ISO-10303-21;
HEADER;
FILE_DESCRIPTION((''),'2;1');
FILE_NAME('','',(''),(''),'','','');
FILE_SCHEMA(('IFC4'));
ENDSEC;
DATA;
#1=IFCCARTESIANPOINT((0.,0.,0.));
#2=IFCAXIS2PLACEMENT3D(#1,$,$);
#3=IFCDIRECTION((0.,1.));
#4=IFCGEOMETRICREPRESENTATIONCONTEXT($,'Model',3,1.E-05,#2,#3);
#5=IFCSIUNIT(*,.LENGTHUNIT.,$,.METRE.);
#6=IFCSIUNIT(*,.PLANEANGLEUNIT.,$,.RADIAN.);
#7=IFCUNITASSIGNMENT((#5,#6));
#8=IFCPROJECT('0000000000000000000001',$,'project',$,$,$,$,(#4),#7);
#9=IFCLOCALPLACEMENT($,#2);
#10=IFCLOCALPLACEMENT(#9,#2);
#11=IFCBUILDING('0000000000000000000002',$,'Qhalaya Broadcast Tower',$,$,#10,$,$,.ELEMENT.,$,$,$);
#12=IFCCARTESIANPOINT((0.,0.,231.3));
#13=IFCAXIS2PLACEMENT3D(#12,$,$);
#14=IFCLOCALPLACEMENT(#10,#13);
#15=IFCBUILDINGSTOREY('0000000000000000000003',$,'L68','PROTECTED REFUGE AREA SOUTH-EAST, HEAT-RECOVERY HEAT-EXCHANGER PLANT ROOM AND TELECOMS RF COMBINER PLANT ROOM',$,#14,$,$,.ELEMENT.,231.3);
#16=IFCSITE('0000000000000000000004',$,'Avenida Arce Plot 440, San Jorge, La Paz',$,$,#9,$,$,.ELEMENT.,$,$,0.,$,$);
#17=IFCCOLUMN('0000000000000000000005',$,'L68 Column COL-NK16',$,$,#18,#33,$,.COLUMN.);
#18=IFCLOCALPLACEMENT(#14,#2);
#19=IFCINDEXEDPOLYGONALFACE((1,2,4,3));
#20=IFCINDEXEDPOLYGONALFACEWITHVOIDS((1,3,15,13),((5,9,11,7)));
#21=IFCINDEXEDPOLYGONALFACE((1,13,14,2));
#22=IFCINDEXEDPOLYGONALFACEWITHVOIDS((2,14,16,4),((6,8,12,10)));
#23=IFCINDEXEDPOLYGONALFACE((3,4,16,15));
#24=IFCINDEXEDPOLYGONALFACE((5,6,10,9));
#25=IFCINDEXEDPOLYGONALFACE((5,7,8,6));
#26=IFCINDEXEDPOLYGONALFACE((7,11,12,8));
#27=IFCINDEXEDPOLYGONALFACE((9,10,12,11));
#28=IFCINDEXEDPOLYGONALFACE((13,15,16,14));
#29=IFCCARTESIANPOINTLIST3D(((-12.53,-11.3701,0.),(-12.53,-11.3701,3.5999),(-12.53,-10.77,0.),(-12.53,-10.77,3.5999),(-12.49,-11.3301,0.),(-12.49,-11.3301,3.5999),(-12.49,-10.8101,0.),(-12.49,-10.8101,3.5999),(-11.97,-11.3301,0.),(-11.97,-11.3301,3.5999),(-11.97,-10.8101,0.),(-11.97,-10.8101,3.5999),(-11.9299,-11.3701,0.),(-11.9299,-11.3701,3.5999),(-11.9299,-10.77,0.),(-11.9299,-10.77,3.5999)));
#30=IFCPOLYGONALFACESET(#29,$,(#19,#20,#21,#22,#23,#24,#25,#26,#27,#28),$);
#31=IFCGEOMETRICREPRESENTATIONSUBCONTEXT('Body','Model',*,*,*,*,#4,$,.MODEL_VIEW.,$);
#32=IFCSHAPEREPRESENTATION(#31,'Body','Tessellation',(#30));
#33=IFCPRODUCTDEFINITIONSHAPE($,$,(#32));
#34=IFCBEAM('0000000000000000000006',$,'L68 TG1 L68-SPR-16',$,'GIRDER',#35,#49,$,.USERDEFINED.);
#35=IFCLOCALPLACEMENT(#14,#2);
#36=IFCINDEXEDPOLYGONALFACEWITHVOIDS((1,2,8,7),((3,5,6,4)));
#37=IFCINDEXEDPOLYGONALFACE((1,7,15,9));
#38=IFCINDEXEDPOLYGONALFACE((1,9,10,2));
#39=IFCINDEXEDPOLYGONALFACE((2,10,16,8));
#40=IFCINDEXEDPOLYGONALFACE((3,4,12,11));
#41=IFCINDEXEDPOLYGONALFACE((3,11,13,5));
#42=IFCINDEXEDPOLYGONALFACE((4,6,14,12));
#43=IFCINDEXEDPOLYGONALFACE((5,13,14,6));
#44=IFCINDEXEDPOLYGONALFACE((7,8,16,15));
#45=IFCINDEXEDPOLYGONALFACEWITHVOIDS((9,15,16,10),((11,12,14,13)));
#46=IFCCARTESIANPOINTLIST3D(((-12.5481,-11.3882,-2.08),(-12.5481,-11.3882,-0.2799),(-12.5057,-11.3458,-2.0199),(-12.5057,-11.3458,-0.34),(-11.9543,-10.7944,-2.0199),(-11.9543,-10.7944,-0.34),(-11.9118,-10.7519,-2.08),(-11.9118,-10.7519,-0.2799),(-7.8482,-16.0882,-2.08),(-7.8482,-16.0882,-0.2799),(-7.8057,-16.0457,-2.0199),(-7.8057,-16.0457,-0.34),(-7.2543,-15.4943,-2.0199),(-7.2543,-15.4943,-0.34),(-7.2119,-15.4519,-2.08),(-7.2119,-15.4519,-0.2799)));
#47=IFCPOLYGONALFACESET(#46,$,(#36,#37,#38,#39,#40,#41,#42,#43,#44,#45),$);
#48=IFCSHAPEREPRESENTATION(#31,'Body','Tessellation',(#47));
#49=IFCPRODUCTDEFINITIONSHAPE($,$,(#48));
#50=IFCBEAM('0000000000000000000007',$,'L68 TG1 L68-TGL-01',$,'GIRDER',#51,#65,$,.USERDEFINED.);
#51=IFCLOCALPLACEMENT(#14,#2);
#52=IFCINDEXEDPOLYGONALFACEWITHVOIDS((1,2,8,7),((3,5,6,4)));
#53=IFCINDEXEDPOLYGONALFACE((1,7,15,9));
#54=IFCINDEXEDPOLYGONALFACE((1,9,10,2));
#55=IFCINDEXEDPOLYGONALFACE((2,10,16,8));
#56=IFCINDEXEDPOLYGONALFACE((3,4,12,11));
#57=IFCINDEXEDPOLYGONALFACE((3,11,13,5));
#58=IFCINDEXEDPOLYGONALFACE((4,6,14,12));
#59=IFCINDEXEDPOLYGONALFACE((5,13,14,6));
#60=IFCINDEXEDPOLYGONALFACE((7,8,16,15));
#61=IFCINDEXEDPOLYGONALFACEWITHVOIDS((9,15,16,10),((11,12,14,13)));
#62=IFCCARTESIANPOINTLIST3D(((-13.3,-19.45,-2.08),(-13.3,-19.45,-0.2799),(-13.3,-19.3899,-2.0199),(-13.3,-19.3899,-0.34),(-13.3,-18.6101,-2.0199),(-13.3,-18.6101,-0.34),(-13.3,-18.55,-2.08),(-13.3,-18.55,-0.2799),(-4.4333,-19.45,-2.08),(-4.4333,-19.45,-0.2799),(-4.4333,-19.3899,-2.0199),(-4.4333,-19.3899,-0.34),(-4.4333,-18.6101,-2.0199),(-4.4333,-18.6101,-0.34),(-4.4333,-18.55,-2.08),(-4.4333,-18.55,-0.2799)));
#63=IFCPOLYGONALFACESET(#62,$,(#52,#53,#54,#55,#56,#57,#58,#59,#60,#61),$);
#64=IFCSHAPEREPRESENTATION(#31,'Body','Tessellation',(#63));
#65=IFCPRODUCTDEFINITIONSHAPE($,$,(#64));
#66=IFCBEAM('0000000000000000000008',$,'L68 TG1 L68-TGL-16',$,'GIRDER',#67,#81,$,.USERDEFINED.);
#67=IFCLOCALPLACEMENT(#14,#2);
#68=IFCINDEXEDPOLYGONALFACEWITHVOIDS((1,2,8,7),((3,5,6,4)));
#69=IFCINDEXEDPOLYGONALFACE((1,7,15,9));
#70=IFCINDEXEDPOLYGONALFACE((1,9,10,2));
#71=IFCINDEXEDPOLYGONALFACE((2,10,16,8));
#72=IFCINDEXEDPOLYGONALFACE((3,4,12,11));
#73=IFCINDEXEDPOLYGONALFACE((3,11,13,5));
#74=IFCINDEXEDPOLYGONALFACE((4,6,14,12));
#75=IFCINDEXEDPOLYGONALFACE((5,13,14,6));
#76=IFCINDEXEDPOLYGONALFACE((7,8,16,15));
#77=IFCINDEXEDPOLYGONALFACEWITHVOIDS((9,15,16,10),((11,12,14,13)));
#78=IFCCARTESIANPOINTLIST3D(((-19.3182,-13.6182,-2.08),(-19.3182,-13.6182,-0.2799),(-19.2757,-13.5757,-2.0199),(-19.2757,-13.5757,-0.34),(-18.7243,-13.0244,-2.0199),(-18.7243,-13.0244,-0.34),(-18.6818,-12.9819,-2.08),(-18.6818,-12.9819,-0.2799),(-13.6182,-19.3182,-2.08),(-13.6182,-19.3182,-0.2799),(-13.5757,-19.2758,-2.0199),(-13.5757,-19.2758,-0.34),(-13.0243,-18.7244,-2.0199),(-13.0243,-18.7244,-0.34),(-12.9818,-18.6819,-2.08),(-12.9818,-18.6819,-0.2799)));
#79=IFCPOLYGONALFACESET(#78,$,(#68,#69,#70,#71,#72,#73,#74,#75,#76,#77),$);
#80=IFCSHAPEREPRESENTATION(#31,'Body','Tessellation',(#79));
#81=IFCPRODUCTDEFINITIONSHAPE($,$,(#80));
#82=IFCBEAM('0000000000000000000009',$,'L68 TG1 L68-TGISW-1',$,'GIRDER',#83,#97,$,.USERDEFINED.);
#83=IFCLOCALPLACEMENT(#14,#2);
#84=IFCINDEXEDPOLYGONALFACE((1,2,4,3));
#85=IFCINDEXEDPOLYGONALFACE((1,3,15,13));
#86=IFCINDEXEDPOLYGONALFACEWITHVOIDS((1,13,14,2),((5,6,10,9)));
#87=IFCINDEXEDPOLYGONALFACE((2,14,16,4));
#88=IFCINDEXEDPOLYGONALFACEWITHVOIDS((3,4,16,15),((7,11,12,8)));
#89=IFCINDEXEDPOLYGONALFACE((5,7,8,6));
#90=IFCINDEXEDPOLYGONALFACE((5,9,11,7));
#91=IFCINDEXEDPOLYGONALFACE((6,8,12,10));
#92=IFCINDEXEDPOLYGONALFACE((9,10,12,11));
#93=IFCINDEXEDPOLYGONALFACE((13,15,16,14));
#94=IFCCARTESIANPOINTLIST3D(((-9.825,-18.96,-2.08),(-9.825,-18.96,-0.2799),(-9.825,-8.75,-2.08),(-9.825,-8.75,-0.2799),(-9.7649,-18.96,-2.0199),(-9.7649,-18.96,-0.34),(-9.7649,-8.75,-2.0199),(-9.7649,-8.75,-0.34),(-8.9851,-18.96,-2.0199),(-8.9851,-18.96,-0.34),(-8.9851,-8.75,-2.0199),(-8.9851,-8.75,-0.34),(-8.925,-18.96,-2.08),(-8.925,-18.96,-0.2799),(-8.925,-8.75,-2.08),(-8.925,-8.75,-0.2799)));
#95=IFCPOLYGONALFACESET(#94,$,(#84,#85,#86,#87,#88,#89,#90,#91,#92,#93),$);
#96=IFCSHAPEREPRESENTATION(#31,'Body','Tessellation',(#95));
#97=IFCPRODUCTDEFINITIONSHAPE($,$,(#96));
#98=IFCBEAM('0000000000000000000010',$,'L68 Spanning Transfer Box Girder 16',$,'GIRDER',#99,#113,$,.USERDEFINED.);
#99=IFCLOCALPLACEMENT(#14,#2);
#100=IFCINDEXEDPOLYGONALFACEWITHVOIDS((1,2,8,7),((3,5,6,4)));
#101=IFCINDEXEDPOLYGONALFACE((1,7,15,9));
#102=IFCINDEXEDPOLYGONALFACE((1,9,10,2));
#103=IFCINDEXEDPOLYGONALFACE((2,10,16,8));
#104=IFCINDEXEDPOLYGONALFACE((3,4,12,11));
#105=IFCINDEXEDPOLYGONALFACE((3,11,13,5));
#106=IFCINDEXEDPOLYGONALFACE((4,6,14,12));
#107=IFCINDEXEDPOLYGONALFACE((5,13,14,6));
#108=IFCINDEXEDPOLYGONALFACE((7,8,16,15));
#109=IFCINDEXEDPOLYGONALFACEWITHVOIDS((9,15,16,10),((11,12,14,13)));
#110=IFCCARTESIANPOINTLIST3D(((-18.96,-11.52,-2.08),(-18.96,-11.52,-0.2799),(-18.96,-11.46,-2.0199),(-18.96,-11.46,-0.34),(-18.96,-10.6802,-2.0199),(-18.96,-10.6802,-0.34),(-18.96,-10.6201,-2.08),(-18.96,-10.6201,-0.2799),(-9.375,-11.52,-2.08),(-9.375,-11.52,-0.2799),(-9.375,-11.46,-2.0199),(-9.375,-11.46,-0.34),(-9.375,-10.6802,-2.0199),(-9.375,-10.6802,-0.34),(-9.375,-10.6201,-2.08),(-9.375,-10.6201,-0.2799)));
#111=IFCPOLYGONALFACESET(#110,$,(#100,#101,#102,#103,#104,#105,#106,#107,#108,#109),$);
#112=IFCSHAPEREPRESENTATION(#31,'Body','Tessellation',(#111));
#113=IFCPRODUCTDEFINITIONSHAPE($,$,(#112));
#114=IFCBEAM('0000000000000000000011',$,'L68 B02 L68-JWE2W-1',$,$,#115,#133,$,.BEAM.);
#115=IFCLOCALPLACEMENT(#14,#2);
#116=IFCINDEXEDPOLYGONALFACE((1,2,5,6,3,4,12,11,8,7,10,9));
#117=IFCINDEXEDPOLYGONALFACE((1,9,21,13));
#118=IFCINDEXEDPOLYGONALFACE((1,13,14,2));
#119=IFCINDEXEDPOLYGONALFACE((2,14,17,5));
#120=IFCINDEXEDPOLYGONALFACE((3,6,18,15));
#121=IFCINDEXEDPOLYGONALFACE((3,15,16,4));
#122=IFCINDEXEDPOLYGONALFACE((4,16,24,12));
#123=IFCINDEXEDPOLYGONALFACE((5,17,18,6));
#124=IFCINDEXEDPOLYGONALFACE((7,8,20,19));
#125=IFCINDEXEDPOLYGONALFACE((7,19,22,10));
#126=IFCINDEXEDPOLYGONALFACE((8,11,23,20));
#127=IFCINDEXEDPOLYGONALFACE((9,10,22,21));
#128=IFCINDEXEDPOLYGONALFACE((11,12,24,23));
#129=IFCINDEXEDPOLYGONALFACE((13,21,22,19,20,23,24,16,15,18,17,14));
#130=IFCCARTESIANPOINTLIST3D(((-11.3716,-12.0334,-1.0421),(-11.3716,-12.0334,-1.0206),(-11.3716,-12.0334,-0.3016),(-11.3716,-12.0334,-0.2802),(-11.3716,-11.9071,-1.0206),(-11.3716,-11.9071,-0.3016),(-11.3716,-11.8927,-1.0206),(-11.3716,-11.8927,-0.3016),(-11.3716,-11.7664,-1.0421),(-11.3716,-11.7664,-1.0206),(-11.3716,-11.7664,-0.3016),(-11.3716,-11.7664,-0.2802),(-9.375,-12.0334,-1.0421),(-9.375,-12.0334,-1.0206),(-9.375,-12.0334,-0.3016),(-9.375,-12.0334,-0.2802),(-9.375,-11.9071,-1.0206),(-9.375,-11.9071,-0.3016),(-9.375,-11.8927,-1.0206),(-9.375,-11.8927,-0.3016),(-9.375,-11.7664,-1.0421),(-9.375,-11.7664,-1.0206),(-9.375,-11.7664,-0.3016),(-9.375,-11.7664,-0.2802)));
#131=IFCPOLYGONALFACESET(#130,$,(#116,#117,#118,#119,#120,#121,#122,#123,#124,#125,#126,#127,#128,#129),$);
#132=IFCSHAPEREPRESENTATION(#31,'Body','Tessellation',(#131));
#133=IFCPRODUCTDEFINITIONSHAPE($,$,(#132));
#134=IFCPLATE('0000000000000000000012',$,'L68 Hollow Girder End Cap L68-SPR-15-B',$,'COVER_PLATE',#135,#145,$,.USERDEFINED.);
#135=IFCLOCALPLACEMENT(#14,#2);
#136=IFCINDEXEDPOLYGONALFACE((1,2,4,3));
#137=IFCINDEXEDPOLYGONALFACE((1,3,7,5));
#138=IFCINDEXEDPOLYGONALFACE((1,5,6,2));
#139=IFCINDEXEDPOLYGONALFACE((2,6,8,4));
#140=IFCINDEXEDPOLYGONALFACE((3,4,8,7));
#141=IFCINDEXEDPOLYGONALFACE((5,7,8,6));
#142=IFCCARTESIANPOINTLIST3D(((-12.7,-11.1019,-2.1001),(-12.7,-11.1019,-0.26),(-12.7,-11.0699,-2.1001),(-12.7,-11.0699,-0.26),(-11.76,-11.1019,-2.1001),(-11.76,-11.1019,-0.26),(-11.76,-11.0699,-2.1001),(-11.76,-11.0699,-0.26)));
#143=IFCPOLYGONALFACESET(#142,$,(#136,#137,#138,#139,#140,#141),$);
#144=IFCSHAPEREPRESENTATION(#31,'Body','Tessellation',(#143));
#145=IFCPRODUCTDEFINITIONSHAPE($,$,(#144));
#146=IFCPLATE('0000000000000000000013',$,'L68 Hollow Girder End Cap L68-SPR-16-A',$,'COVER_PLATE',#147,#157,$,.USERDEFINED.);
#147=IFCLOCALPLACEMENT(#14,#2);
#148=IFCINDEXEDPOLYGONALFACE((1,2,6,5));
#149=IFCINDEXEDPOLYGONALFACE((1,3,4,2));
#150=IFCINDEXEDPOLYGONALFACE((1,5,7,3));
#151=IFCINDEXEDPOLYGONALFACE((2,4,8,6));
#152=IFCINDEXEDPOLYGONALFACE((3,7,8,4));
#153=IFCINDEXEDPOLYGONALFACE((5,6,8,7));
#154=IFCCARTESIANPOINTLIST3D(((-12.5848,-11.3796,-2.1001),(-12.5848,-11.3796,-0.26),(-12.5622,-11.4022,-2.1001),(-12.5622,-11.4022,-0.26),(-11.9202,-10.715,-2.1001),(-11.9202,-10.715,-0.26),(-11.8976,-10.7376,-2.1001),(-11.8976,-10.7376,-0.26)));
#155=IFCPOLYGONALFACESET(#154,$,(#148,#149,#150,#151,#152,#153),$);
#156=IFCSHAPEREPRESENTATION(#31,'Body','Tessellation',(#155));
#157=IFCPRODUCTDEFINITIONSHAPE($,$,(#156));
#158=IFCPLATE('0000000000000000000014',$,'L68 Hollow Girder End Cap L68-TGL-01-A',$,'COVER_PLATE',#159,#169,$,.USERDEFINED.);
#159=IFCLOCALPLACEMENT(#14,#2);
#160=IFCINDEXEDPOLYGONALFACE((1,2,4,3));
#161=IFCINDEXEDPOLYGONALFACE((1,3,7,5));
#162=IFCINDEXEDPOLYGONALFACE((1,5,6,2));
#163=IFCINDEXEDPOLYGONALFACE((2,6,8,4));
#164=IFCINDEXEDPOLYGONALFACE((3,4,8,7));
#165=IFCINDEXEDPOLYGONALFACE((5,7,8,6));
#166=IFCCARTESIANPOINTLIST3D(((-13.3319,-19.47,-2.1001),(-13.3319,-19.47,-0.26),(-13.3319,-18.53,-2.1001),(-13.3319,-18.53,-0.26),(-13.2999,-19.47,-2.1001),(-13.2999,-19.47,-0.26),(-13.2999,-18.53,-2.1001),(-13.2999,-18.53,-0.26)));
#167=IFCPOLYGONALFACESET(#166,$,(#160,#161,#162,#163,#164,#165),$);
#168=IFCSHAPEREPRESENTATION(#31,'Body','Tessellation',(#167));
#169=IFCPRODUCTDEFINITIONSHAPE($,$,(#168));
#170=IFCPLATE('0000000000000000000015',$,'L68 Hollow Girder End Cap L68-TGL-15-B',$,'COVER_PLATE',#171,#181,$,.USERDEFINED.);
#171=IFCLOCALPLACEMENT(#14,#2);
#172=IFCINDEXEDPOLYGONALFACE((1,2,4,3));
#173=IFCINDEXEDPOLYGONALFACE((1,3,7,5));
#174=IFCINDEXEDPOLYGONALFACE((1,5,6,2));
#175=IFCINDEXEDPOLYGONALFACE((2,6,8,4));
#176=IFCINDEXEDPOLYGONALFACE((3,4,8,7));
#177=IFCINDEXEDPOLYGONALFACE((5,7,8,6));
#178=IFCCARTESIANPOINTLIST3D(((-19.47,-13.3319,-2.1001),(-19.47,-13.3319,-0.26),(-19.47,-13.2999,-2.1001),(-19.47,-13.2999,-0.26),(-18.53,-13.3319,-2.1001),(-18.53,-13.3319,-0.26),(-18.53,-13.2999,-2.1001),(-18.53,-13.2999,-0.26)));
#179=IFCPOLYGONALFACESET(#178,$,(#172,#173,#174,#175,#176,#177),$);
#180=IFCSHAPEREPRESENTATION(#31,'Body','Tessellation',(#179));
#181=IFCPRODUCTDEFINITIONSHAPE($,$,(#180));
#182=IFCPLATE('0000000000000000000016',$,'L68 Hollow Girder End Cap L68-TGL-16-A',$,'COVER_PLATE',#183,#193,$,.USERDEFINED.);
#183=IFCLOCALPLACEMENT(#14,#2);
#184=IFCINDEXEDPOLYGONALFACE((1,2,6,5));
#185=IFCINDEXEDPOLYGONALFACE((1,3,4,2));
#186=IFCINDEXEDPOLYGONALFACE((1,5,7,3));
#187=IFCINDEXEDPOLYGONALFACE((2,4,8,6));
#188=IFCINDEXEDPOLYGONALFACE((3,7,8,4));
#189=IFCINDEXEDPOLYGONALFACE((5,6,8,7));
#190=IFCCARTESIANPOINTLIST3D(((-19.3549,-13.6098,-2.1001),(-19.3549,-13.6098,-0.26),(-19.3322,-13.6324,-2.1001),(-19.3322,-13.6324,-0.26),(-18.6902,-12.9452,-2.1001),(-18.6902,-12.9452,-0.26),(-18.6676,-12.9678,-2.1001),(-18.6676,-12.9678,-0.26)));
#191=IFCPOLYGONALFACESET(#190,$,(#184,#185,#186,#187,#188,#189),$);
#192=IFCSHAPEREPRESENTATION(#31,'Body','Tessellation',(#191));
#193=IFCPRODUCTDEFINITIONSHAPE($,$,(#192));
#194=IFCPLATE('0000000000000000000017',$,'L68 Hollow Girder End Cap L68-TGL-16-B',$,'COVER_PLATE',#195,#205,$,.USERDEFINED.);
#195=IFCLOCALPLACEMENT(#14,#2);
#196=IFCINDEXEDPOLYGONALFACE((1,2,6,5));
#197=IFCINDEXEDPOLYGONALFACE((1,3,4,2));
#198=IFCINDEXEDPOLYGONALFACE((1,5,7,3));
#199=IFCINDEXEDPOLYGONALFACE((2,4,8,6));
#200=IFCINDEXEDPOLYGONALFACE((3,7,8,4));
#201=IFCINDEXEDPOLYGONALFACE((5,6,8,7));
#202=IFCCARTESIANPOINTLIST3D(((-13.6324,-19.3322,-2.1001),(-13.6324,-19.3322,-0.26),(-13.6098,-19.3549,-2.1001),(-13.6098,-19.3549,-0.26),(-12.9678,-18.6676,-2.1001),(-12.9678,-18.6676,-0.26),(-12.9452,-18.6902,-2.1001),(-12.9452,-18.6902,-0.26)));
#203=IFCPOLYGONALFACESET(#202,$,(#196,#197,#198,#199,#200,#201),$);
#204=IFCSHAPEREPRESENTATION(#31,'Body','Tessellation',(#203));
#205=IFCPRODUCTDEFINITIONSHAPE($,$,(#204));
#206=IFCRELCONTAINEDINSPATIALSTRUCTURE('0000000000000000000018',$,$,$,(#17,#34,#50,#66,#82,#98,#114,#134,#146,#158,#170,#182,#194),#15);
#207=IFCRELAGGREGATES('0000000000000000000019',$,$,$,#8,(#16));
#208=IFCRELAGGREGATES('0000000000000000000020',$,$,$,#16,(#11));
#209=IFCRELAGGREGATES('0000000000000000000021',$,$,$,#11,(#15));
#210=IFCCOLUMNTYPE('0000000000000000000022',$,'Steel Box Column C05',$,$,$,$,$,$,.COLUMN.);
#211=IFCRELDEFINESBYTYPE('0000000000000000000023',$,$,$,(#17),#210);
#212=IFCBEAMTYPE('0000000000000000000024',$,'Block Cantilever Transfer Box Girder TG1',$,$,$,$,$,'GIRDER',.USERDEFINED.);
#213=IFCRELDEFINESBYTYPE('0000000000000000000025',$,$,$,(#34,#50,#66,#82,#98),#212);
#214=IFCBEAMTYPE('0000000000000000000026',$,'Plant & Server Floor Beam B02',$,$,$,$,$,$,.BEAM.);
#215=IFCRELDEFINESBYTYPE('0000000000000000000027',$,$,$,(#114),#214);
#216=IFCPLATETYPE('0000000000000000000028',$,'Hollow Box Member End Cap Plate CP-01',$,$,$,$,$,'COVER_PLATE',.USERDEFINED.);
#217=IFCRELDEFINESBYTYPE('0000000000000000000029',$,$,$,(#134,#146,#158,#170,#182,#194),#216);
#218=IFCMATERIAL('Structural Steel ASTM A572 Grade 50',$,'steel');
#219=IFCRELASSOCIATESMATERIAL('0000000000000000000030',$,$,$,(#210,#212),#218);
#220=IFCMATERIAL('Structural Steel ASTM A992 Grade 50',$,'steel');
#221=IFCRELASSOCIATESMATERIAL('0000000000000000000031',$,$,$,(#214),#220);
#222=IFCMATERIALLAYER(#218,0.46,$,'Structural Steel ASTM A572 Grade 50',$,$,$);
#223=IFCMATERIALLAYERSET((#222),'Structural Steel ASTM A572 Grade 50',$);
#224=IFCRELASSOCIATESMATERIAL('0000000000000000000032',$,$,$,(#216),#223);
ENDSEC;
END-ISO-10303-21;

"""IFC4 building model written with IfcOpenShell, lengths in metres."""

from ifc_helpers import new_model, si_unit, direction, frame, origin, origin_2d, place, context, subcontext, project, spatial, rectangle, hollow_rectangle, i_section, extrude, material, layer, layer_set, material_profile, profile_set, type_object, element, save


model = new_model("IFC4")

# Units and contexts
model_context = context("Model", 3, precision=1e-05, world=origin(), true_north=direction((0.0, 1.0)))
body_context = subcontext(model_context, "Body", "Model", "MODEL_VIEW")
ifc_project = project(units=[si_unit("LENGTHUNIT", "METRE"), si_unit("PLANEANGLEUNIT", "RADIAN")], contexts=[model_context])

# Site, building, storey
site_placement = place(None, origin())
site = spatial("IfcSite", under=ifc_project, at=site_placement, Name="Avenida Arce Plot 440, San Jorge, La Paz", CompositionType="ELEMENT", RefElevation=0.0)
building_placement = place(site_placement, origin())
building = spatial("IfcBuilding", under=site, at=building_placement, Name="Qhalaya Broadcast Tower", CompositionType="ELEMENT")
storey_placement = place(building_placement, frame((0.0, 0.0, 231.3)))
storey = spatial("IfcBuildingStorey", under=building, at=storey_placement, Name="L68", Description="PROTECTED REFUGE AREA SOUTH-EAST, HEAT-RECOVERY HEAT-EXCHANGER PLANT ROOM AND TELECOMS RF COMBINER PLANT ROOM", CompositionType="ELEMENT", Elevation=231.3)

# Column
ifc_material_1 = material(Name="Structural Steel ASTM A572 Grade 50", Category="steel")
ifc_material_profile_1 = material_profile(ifc_material_1, hollow_rectangle(XDim=0.6001, YDim=0.6001, WallThickness=0.04, at=origin_2d()), Name="BOX 600x600x40")
ifc_profile_set_1 = profile_set([ifc_material_profile_1], Name="Structural Steel ASTM A572 Grade 50")
column_type = type_object("IfcColumnType", Name="Steel Box Column C05", PredefinedType="COLUMN", material=ifc_profile_set_1)
column_placement = place(storey_placement, frame((-12.23, -11.0701, 0.0), z_axis=(0.0, 0.0, 1.0), x_axis=(0.0, 1.0, 0.0)))
element("IfcColumn", 1, at=column_placement, inside=storey, type_object=column_type, Name="L68 Column COL-NK16", PredefinedType="COLUMN", context=body_context, shape_type="SweptSolid", body=[
    extrude(hollow_rectangle(XDim=0.6001, YDim=0.6001, WallThickness=0.04, at=origin_2d()), origin(), (0.0, 0.0, 1.0), 3.5999),
])

# Beams
ifc_material_profile_2 = material_profile(ifc_material_1, hollow_rectangle(XDim=0.8999, YDim=1.8, WallThickness=0.0601, at=origin_2d()), Name="BOX 900x1800x60")
ifc_profile_set_2 = profile_set([ifc_material_profile_2], Name="Structural Steel ASTM A572 Grade 50")
beam_type_1 = type_object("IfcBeamType", Name="Block Cantilever Transfer Box Girder TG1", ElementType="GIRDER", PredefinedType="USERDEFINED", material=ifc_profile_set_2)
beam_1_placement = place(storey_placement, frame((-12.23, -11.0701, -1.1799), z_axis=(0.707107, -0.707107, 0.0), x_axis=(0.707107, 0.707107, 0.0)))
element("IfcBeam", 2, at=beam_1_placement, inside=storey, type_object=beam_type_1, Name="L68 TG1 L68-SPR-16", ObjectType="GIRDER", PredefinedType="USERDEFINED", context=body_context, shape_type="SweptSolid", body=[
    extrude(hollow_rectangle(XDim=0.8999, YDim=1.8, WallThickness=0.0601, at=origin_2d()), origin(), (0.0, 0.0, 1.0), 6.6467),
])
beam_2_placement = place(storey_placement, frame((-13.3, -19.0, -1.1799), z_axis=(1.0, 0.0, 0.0), x_axis=(0.0, 1.0, 0.0)))
element("IfcBeam", 3, at=beam_2_placement, inside=storey, type_object=beam_type_1, Name="L68 TG1 L68-TGL-01", ObjectType="GIRDER", PredefinedType="USERDEFINED", context=body_context, shape_type="SweptSolid", body=[
    extrude(hollow_rectangle(XDim=0.8999, YDim=1.8, WallThickness=0.0601, at=origin_2d()), origin(), (0.0, 0.0, 1.0), 8.8667),
])
beam_3_placement = place(storey_placement, frame((-19.0, -13.3, -1.1799), z_axis=(0.707107, -0.707107, 0.0), x_axis=(0.707107, 0.707107, 0.0)))
element("IfcBeam", 4, at=beam_3_placement, inside=storey, type_object=beam_type_1, Name="L68 TG1 L68-TGL-16", ObjectType="GIRDER", PredefinedType="USERDEFINED", context=body_context, shape_type="SweptSolid", body=[
    extrude(hollow_rectangle(XDim=0.8999, YDim=1.8, WallThickness=0.0601, at=origin_2d()), origin(), (0.0, 0.0, 1.0), 8.061),
])
beam_4_placement = place(storey_placement, frame((-9.375, -18.96, -1.1799), z_axis=(0.0, 1.0, 0.0), x_axis=(-1.0, 0.0, 0.0)))
element("IfcBeam", 5, at=beam_4_placement, inside=storey, type_object=beam_type_1, Name="L68 TG1 L68-TGISW-1", ObjectType="GIRDER", PredefinedType="USERDEFINED", context=body_context, shape_type="SweptSolid", body=[
    extrude(hollow_rectangle(XDim=0.8999, YDim=1.8, WallThickness=0.0601, at=origin_2d()), origin(), (0.0, 0.0, 1.0), 10.21),
])
beam_5_placement = place(storey_placement, frame((-18.96, -11.0701, -1.1799), z_axis=(1.0, 0.0, 0.0), x_axis=(0.0, 1.0, 0.0)))
element("IfcBeam", 6, at=beam_5_placement, inside=storey, type_object=beam_type_1, Name="L68 Spanning Transfer Box Girder 16", ObjectType="GIRDER", PredefinedType="USERDEFINED", context=body_context, shape_type="SweptSolid", body=[
    extrude(hollow_rectangle(XDim=0.8999, YDim=1.8, WallThickness=0.0601, at=origin_2d()), origin(), (0.0, 0.0, 1.0), 9.585),
])
ifc_material_2 = material(Name="Structural Steel ASTM A992 Grade 50", Category="steel")
ifc_material_profile_3 = material_profile(ifc_material_2, i_section(OverallWidth=0.2671, OverallDepth=0.762, WebThickness=0.0144, FlangeThickness=0.0215, at=origin_2d()), Name="W30X116")
ifc_profile_set_3 = profile_set([ifc_material_profile_3], Name="Structural Steel ASTM A992 Grade 50")
beam_type_2 = type_object("IfcBeamType", Name="Plant & Server Floor Beam B02", PredefinedType="BEAM", material=ifc_profile_set_3)
beam_6_placement = place(storey_placement, frame((-11.3716, -11.8999, -0.6611), z_axis=(1.0, 0.0, 0.0), x_axis=(0.0, 1.0, 0.0)))
element("IfcBeam", 7, at=beam_6_placement, inside=storey, type_object=beam_type_2, Name="L68 B02 L68-JWE2W-1", PredefinedType="BEAM", context=body_context, shape_type="SweptSolid", body=[
    extrude(i_section(OverallWidth=0.2671, OverallDepth=0.762, WebThickness=0.0144, FlangeThickness=0.0215, at=origin_2d()), origin(), (0.0, 0.0, 1.0), 1.9966),
])

# Plates
ifc_layer_1 = layer(ifc_material_1, 0.46, Name="Structural Steel ASTM A572 Grade 50")
ifc_layer_set_1 = layer_set([ifc_layer_1], Name="Structural Steel ASTM A572 Grade 50")
plate_type = type_object("IfcPlateType", Name="Hollow Box Member End Cap Plate CP-01", ElementType="COVER_PLATE", PredefinedType="USERDEFINED", material=ifc_layer_set_1)
for number, where, z_axis, x_axis, name in (
    (8, (-12.23, -11.0859, -2.1001), (0.0, 0.0, 1.0), (1.0, 0.0, 0.0), "L68 Hollow Girder End Cap L68-SPR-15-B"),
    (9, (-12.2412, -11.0586, -2.1001), (0.0, 0.0, 1.0), (0.707107, 0.707107, 0.0), "L68 Hollow Girder End Cap L68-SPR-16-A"),
    (10, (-13.3159, -19.0, -2.1001), (0.0, 0.0, 1.0), (0.0, 1.0, 0.0), "L68 Hollow Girder End Cap L68-TGL-01-A"),
    (11, (-19.0, -13.3159, -2.1001), (0.0, 0.0, 1.0), (1.0, 0.0, 0.0), "L68 Hollow Girder End Cap L68-TGL-15-B"),
    (12, (-19.0112, -13.2888, -2.1001), (0.0, 0.0, 1.0), (0.707107, 0.707107, 0.0), "L68 Hollow Girder End Cap L68-TGL-16-A"),
    (13, (-13.2888, -19.0112, -2.1001), (0.0, 0.0, 1.0), (0.707107, 0.707107, 0.0), "L68 Hollow Girder End Cap L68-TGL-16-B"),
):
    element("IfcPlate", number, at=place(storey_placement, frame(where, z_axis=z_axis, x_axis=x_axis)), inside=storey, type_object=plate_type, Name=name, ObjectType="COVER_PLATE", PredefinedType="USERDEFINED", context=body_context, shape_type="SweptSolid", body=[
        extrude(rectangle(XDim=0.9399, YDim=0.032, at=origin_2d()), origin(), (0.0, 0.0, 1.0), 1.8401),
    ])

save(model, "model.ifc")
